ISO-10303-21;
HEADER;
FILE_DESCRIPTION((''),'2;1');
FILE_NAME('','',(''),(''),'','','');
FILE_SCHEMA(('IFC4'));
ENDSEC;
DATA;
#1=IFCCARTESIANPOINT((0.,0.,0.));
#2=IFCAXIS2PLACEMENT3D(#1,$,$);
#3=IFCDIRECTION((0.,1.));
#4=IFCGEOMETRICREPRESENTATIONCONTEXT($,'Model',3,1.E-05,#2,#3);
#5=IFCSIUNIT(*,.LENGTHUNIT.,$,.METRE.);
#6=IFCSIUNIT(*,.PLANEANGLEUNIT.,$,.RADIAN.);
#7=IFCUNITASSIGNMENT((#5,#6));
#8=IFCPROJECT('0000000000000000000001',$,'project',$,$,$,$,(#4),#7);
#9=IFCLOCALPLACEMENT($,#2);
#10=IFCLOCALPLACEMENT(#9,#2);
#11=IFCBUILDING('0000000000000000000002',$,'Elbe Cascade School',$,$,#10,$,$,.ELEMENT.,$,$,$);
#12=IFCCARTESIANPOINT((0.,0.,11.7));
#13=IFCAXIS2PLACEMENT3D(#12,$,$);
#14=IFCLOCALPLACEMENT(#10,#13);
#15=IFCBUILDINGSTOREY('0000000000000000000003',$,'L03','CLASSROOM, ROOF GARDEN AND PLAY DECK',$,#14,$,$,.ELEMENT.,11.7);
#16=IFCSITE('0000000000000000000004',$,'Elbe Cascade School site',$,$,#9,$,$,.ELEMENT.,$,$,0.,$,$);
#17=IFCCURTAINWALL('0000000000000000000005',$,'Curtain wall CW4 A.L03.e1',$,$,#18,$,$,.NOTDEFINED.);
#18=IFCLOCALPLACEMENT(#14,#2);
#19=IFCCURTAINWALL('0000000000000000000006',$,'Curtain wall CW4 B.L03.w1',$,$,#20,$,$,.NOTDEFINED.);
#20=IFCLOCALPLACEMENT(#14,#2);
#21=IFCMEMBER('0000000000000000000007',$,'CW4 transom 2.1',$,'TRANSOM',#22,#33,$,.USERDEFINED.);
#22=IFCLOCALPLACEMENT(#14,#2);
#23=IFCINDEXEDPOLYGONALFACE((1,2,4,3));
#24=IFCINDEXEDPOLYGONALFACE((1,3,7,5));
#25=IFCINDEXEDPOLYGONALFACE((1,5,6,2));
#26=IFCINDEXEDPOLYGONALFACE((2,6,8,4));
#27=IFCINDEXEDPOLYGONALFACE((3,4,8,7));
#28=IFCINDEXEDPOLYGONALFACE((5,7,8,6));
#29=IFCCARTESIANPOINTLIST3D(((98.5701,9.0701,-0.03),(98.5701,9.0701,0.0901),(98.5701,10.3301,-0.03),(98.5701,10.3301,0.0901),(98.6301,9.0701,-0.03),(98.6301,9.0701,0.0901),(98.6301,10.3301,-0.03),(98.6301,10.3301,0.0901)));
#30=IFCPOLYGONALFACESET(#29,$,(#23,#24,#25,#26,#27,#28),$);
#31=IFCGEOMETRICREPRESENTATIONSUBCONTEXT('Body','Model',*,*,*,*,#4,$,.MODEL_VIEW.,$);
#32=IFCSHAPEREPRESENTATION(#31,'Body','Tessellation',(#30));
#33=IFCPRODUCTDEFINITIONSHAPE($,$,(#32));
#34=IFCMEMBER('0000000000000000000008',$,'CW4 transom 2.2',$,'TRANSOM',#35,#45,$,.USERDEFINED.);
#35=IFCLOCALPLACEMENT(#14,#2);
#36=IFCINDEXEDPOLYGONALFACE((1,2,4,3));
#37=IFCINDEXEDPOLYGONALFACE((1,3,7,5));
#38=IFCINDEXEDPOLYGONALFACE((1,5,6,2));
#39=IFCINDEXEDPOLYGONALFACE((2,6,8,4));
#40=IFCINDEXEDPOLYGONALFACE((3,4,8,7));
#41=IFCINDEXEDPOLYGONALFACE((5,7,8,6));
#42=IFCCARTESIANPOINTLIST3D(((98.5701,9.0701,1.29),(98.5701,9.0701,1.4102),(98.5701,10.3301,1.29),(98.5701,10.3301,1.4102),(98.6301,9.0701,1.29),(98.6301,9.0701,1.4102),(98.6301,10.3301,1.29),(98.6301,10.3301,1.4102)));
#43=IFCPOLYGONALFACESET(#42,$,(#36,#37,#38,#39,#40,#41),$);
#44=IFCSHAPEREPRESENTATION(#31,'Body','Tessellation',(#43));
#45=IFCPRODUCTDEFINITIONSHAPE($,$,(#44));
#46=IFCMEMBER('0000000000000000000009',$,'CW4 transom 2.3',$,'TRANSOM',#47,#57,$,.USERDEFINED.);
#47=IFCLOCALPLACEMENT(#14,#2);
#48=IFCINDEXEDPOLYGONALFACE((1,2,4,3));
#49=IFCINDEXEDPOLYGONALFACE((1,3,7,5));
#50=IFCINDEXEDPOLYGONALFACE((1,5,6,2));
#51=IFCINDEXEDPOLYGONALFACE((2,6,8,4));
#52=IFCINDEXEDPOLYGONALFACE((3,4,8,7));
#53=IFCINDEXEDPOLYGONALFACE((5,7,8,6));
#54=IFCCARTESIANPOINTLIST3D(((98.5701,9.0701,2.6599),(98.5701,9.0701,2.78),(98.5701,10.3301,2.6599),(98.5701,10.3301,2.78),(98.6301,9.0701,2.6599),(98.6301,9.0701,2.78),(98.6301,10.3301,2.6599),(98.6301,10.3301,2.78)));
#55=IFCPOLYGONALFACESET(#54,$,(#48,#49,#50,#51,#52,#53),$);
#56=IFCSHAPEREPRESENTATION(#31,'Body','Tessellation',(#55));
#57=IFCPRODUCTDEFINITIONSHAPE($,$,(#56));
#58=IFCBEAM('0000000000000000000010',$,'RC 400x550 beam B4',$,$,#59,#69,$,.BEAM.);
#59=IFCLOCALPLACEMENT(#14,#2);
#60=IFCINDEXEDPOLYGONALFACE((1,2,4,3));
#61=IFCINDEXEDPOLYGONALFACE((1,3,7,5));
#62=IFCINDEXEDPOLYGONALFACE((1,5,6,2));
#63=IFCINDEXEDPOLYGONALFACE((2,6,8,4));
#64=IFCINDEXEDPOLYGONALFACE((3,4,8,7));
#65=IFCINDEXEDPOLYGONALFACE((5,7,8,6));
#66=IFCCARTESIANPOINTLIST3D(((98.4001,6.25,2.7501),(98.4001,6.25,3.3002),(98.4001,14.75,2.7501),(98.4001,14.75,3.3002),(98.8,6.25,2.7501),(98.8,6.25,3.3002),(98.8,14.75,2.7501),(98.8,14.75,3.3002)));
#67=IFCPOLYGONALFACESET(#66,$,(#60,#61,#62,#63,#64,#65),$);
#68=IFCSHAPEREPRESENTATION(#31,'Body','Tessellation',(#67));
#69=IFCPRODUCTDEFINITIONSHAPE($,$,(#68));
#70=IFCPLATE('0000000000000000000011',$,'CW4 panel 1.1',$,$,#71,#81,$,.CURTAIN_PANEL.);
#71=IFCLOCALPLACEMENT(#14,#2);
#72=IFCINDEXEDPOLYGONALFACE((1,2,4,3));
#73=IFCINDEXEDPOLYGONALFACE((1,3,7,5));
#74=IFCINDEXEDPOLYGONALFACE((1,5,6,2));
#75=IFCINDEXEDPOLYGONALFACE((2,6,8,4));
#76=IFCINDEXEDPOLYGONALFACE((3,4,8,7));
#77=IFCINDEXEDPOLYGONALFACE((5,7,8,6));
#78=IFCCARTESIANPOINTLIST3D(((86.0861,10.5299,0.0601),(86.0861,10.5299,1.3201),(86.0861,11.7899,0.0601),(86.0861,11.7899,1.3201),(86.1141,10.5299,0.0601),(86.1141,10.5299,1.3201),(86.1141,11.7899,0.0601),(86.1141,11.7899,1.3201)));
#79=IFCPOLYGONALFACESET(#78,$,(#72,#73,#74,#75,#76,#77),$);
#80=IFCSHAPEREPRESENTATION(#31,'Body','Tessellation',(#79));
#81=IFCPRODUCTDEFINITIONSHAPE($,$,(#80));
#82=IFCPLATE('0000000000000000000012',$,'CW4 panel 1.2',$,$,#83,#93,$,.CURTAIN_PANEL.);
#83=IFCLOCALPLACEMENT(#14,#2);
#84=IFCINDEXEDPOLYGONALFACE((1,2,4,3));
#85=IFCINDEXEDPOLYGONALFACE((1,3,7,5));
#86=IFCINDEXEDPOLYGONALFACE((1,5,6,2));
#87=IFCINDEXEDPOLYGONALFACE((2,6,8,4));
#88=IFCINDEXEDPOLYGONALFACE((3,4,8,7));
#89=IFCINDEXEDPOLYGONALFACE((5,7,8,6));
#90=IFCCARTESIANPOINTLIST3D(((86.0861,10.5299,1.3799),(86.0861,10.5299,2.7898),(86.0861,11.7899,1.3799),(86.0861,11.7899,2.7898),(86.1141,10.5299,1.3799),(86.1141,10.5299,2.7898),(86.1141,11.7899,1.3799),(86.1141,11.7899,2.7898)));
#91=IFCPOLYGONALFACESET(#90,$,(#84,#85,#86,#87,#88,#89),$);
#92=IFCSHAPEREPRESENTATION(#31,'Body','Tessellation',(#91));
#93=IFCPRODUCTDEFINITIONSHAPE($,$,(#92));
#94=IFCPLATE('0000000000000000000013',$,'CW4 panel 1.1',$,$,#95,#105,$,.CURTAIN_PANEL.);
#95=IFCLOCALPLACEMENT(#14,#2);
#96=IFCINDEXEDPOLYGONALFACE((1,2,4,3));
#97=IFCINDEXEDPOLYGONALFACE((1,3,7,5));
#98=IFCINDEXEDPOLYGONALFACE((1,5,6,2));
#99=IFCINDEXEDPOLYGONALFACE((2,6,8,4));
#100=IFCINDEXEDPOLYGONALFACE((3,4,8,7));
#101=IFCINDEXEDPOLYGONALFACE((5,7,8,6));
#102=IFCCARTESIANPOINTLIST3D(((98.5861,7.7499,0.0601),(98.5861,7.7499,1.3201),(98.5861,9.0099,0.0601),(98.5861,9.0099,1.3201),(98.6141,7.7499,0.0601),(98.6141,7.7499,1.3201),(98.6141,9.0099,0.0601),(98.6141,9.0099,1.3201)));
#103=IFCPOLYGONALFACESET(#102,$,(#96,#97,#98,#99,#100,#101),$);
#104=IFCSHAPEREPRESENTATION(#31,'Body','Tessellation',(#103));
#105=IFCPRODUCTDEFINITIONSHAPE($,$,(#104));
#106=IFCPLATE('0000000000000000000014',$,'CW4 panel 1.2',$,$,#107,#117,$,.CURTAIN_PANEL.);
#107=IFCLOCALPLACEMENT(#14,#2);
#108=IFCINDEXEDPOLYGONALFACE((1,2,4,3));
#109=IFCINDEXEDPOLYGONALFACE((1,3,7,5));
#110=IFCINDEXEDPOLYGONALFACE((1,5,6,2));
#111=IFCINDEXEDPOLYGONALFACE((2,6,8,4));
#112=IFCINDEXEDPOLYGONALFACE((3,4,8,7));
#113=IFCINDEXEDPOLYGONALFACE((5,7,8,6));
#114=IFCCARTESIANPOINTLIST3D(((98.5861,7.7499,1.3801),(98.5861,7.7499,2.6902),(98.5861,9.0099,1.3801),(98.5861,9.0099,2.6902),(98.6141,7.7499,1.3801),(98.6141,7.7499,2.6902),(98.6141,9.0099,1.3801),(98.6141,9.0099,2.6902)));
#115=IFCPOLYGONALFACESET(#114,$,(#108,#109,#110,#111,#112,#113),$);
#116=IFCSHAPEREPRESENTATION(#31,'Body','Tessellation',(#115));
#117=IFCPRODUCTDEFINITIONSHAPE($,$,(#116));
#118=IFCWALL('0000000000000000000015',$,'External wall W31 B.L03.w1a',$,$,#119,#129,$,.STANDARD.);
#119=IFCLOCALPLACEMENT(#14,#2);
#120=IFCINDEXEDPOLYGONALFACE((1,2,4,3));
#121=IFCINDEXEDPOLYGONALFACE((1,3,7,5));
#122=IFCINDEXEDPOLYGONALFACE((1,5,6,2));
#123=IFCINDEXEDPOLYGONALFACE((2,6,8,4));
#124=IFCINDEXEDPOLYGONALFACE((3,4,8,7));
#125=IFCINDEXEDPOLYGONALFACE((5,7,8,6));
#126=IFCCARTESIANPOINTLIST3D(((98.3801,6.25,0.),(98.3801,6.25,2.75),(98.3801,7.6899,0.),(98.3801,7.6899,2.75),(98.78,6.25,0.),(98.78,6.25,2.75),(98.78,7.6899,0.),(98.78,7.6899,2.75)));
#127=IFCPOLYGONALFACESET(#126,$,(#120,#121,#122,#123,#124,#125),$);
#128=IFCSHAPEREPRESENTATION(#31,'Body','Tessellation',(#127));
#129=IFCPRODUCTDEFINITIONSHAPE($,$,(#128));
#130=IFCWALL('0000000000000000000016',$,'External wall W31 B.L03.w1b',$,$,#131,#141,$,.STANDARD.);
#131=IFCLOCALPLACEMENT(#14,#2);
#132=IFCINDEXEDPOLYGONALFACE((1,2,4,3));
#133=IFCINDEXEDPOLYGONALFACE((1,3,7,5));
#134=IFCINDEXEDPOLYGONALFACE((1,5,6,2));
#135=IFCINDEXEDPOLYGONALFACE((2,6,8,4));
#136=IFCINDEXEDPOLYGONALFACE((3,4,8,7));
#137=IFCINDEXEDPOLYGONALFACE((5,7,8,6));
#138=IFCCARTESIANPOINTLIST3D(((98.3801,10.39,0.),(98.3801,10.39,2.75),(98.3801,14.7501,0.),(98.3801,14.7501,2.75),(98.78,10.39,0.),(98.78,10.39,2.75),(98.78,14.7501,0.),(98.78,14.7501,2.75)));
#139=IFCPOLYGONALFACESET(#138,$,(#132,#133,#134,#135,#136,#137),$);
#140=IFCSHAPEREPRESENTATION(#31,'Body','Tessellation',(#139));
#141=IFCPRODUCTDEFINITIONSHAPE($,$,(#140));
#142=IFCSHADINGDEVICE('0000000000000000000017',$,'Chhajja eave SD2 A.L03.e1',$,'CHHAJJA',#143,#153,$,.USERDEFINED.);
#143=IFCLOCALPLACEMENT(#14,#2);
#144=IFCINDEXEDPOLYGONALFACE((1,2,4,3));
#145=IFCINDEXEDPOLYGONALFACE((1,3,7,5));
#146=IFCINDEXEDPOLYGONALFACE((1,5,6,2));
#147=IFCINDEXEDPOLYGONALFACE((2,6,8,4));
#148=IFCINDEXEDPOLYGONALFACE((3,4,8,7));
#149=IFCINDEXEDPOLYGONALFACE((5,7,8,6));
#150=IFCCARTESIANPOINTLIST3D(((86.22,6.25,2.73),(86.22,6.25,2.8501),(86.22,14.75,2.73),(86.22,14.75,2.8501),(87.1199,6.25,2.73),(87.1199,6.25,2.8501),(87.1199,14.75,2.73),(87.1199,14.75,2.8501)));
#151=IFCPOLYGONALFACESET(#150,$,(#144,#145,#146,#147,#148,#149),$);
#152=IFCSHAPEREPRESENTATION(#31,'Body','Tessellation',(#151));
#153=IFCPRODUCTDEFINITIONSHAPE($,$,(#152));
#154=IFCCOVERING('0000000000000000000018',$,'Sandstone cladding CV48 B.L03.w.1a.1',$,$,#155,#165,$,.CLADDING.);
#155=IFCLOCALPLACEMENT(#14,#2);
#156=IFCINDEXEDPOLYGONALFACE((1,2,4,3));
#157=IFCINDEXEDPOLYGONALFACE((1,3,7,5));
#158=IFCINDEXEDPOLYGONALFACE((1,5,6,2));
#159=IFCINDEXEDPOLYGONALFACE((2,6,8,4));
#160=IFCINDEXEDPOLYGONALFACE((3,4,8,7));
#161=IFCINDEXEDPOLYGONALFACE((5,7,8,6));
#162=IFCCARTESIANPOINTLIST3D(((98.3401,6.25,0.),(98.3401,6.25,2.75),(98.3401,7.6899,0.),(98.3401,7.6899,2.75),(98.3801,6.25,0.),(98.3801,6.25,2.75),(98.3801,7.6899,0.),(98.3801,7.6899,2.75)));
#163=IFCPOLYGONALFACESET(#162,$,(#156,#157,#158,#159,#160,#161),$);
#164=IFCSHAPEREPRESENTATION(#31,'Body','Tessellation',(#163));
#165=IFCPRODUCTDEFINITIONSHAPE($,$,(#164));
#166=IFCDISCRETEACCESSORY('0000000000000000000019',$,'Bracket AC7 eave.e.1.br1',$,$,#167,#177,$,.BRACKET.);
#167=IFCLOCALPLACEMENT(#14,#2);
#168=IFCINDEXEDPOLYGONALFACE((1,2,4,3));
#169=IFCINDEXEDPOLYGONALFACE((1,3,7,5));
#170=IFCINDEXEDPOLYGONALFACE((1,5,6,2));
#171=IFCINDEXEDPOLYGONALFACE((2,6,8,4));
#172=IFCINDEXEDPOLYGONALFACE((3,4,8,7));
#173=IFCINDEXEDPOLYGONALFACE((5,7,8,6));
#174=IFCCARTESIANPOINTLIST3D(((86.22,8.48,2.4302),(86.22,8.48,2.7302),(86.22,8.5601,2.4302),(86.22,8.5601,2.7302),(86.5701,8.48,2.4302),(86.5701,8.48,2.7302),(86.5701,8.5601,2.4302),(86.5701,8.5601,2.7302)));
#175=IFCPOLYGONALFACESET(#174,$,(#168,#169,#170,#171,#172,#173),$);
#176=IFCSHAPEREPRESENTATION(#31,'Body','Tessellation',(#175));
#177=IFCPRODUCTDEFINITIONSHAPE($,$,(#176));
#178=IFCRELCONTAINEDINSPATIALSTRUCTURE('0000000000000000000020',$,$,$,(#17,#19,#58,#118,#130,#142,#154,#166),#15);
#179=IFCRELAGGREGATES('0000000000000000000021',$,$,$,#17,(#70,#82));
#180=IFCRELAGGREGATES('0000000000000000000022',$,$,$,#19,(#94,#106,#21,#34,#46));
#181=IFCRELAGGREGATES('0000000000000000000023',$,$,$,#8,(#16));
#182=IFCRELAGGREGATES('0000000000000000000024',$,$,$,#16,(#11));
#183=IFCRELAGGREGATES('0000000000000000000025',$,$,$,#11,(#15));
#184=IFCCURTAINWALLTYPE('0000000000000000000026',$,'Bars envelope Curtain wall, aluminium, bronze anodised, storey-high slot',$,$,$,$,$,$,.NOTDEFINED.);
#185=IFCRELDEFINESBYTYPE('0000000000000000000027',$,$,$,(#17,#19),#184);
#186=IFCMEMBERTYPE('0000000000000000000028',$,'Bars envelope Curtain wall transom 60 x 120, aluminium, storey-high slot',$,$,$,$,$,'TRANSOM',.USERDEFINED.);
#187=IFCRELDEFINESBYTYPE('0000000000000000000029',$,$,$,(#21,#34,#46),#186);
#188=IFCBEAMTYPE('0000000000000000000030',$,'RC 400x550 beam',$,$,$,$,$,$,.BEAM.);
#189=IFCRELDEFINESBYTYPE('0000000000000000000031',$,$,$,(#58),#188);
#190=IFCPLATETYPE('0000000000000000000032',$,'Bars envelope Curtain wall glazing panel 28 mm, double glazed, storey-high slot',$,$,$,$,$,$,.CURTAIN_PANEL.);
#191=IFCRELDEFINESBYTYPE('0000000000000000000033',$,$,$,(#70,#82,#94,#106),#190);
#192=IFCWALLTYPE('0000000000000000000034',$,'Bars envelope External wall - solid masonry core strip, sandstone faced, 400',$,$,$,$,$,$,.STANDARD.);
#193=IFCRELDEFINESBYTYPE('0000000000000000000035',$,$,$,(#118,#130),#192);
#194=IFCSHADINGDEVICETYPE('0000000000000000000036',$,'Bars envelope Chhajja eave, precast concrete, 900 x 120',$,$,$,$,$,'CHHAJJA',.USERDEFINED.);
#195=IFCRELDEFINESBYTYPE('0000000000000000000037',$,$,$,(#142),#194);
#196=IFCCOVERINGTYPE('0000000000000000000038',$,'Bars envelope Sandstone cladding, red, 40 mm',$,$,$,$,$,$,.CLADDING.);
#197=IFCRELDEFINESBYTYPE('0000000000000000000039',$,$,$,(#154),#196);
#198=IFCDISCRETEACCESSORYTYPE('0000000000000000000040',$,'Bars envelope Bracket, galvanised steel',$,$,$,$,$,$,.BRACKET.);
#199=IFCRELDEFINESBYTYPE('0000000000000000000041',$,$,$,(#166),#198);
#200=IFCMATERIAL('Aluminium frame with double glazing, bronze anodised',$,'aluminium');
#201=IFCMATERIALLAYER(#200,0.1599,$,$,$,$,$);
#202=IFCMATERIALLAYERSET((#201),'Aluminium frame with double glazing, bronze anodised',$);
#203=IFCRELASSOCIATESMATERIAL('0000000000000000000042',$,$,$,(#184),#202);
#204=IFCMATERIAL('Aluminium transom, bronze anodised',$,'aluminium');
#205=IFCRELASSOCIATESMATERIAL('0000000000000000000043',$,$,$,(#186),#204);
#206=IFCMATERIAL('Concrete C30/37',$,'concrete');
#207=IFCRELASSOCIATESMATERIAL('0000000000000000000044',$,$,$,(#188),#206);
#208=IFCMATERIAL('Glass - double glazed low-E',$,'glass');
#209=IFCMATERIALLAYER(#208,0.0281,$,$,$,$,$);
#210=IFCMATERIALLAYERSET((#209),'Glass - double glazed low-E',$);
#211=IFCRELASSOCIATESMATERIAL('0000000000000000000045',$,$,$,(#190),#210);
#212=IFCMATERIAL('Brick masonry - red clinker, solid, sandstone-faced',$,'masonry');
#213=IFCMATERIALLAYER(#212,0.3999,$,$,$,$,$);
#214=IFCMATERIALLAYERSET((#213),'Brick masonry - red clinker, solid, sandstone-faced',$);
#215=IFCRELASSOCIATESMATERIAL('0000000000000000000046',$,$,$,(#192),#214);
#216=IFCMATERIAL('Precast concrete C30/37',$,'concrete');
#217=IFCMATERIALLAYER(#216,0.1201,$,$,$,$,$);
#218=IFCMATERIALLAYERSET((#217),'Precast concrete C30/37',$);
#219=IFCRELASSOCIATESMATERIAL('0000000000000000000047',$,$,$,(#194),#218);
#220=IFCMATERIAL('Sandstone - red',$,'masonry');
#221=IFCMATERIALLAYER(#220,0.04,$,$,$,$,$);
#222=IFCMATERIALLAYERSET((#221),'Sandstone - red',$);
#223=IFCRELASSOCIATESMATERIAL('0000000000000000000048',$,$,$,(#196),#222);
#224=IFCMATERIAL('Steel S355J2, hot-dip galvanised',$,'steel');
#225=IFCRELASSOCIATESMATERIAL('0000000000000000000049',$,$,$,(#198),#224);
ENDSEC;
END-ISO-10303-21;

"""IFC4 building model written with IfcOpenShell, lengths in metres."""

from ifc_helpers import new_model, si_unit, direction, frame, frame_2d, origin, origin_2d, place, context, subcontext, project, spatial, rectangle, extrude, material, layer, layer_set, material_profile, profile_set, type_object, element, aggregate, save


model = new_model("IFC4")

# Units and contexts
model_context = context("Model", 3, precision=1e-05, world=origin(), true_north=direction((0.0, 1.0)))
body_context = subcontext(model_context, "Body", "Model", "MODEL_VIEW")
ifc_project = project(units=[si_unit("LENGTHUNIT", "METRE"), si_unit("PLANEANGLEUNIT", "RADIAN")], contexts=[model_context])

# Site, building, storey
site_placement = place(None, origin())
site = spatial("IfcSite", under=ifc_project, at=site_placement, Name="Elbe Cascade School site", CompositionType="ELEMENT", RefElevation=0.0)
building_placement = place(site_placement, origin())
building = spatial("IfcBuilding", under=site, at=building_placement, Name="Elbe Cascade School", CompositionType="ELEMENT")
storey_placement = place(building_placement, frame((0.0, 0.0, 11.7)))
storey = spatial("IfcBuildingStorey", under=building, at=storey_placement, Name="L03", Description="CLASSROOM, ROOF GARDEN AND PLAY DECK", CompositionType="ELEMENT", Elevation=11.7)

# Curtain walls
ifc_material_1 = material(Name="Aluminium frame with double glazing, bronze anodised", Category="aluminium")
ifc_layer_1 = layer(ifc_material_1, 0.1599)
ifc_layer_set_1 = layer_set([ifc_layer_1], Name="Aluminium frame with double glazing, bronze anodised")
curtain_wall_type = type_object("IfcCurtainWallType", Name="Bars envelope Curtain wall, aluminium, bronze anodised, storey-high slot", PredefinedType="NOTDEFINED", material=ifc_layer_set_1)
curtain_wall_1_placement = place(storey_placement, origin())
curtain_wall_1 = element("IfcCurtainWall", 1, at=curtain_wall_1_placement, inside=storey, type_object=curtain_wall_type, Name="Curtain wall CW4 A.L03.e1", PredefinedType="NOTDEFINED")
curtain_wall_2_placement = place(storey_placement, origin())
curtain_wall_2 = element("IfcCurtainWall", 2, at=curtain_wall_2_placement, inside=storey, type_object=curtain_wall_type, Name="Curtain wall CW4 B.L03.w1", PredefinedType="NOTDEFINED")

# Members
ifc_material_2 = material(Name="Aluminium transom, bronze anodised", Category="aluminium")
ifc_material_profile_1 = material_profile(ifc_material_2, rectangle(XDim=0.0601, YDim=0.1201, at=origin_2d()), Name="Bars envelope Curtain wall transom 60 x 120, aluminium, storey-high slot")
ifc_profile_set_1 = profile_set([ifc_material_profile_1], Name="Aluminium transom, bronze anodised")
member_type_1 = type_object("IfcMemberType", Name="Bars envelope Curtain wall transom 60 x 120, aluminium, storey-high slot", ElementType="TRANSOM", PredefinedType="USERDEFINED", material=ifc_profile_set_1)
member_1_placement = place(storey_placement, frame((98.6001, 9.0701, 0.03), z_axis=(0.0, 1.0, 0.0), x_axis=(-1.0, 0.0, 0.0)))
member_1 = element("IfcMember", 3, at=member_1_placement, type_object=member_type_1, Name="CW4 transom 2.1", ObjectType="TRANSOM", PredefinedType="USERDEFINED", context=body_context, shape_type="SweptSolid", body=[
    extrude(rectangle(XDim=0.0601, YDim=0.1201, at=origin_2d()), origin(), (0.0, 0.0, 1.0), 1.26),
])
member_2_placement = place(storey_placement, frame((98.6001, 9.0701, 1.3501), z_axis=(0.0, 1.0, 0.0), x_axis=(-1.0, 0.0, 0.0)))
member_2 = element("IfcMember", 4, at=member_2_placement, type_object=member_type_1, Name="CW4 transom 2.2", ObjectType="TRANSOM", PredefinedType="USERDEFINED", context=body_context, shape_type="SweptSolid", body=[
    extrude(rectangle(XDim=0.0601, YDim=0.1201, at=origin_2d()), origin(), (0.0, 0.0, 1.0), 1.26),
])
member_3_placement = place(storey_placement, frame((98.6001, 9.0701, 2.72), z_axis=(0.0, 1.0, 0.0), x_axis=(-1.0, 0.0, 0.0)))
member_3 = element("IfcMember", 5, at=member_3_placement, type_object=member_type_1, Name="CW4 transom 2.3", ObjectType="TRANSOM", PredefinedType="USERDEFINED", context=body_context, shape_type="SweptSolid", body=[
    extrude(rectangle(XDim=0.0601, YDim=0.1201, at=origin_2d()), origin(), (0.0, 0.0, 1.0), 1.26),
])

# Beam
ifc_material_3 = material(Name="Concrete C30/37", Category="concrete")
ifc_material_profile_2 = material_profile(ifc_material_3, rectangle(XDim=0.3999, YDim=0.55, at=origin_2d()), Name="RC 400x550")
ifc_profile_set_2 = profile_set([ifc_material_profile_2], Name="Concrete C30/37")
beam_type = type_object("IfcBeamType", Name="RC 400x550 beam", PredefinedType="BEAM", material=ifc_profile_set_2)
beam_placement = place(storey_placement, frame((98.6001, 6.25, 3.0251), z_axis=(0.0, 1.0, 0.0), x_axis=(-1.0, 0.0, 0.0)))
element("IfcBeam", 6, at=beam_placement, inside=storey, type_object=beam_type, Name="RC 400x550 beam B4", PredefinedType="BEAM", context=body_context, shape_type="SweptSolid", body=[
    extrude(rectangle(XDim=0.3999, YDim=0.55, at=origin_2d()), origin(), (0.0, 0.0, 1.0), 8.5),
])

# Plates
ifc_material_4 = material(Name="Glass - double glazed low-E", Category="glass")
ifc_layer_2 = layer(ifc_material_4, 0.0281)
ifc_layer_set_2 = layer_set([ifc_layer_2], Name="Glass - double glazed low-E")
plate_type = type_object("IfcPlateType", Name="Bars envelope Curtain wall glazing panel 28 mm, double glazed, storey-high slot", PredefinedType="CURTAIN_PANEL", material=ifc_layer_set_2)
plate_1_placement = place(storey_placement, frame((86.1001, 11.1599, 0.0601), z_axis=(0.0, 0.0, 1.0), x_axis=(0.0, -1.0, 0.0)))
plate_1 = element("IfcPlate", 7, at=plate_1_placement, type_object=plate_type, Name="CW4 panel 1.1", PredefinedType="CURTAIN_PANEL", context=body_context, shape_type="SweptSolid", body=[
    extrude(rectangle(XDim=1.26, YDim=0.0281, at=origin_2d()), origin(), (0.0, 0.0, 1.0), 1.26),
])
plate_2_placement = place(storey_placement, frame((86.1001, 11.1599, 1.3799), z_axis=(0.0, 0.0, 1.0), x_axis=(0.0, -1.0, 0.0)))
plate_2 = element("IfcPlate", 8, at=plate_2_placement, type_object=plate_type, Name="CW4 panel 1.2", PredefinedType="CURTAIN_PANEL", context=body_context, shape_type="SweptSolid", body=[
    extrude(rectangle(XDim=1.26, YDim=0.0281, at=origin_2d()), origin(), (0.0, 0.0, 1.0), 1.4099),
])
aggregate(curtain_wall_1, [plate_1, plate_2])
plate_3_placement = place(storey_placement, frame((98.6001, 8.3799, 0.0601), z_axis=(0.0, 0.0, 1.0), x_axis=(0.0, 1.0, 0.0)))
plate_3 = element("IfcPlate", 9, at=plate_3_placement, type_object=plate_type, Name="CW4 panel 1.1", PredefinedType="CURTAIN_PANEL", context=body_context, shape_type="SweptSolid", body=[
    extrude(rectangle(XDim=1.26, YDim=0.0281, at=origin_2d()), origin(), (0.0, 0.0, 1.0), 1.26),
])
plate_4_placement = place(storey_placement, frame((98.6001, 8.3799, 1.3801), z_axis=(0.0, 0.0, 1.0), x_axis=(0.0, 1.0, 0.0)))
plate_4 = element("IfcPlate", 10, at=plate_4_placement, type_object=plate_type, Name="CW4 panel 1.2", PredefinedType="CURTAIN_PANEL", context=body_context, shape_type="SweptSolid", body=[
    extrude(rectangle(XDim=1.26, YDim=0.0281, at=origin_2d()), origin(), (0.0, 0.0, 1.0), 1.3101),
])
aggregate(curtain_wall_2, [plate_3, plate_4, member_1, member_2, member_3])

# Walls
ifc_material_5 = material(Name="Brick masonry - red clinker, solid, sandstone-faced", Category="masonry")
ifc_layer_3 = layer(ifc_material_5, 0.3999)
ifc_layer_set_3 = layer_set([ifc_layer_3], Name="Brick masonry - red clinker, solid, sandstone-faced")
wall_type = type_object("IfcWallType", Name="Bars envelope External wall - solid masonry core strip, sandstone faced, 400", PredefinedType="STANDARD", material=ifc_layer_set_3)
wall_1_placement = place(storey_placement, frame((98.5801, 6.25, 0.0), z_axis=(0.0, 0.0, 1.0), x_axis=(0.0, 1.0, 0.0)))
element("IfcWall", 11, at=wall_1_placement, inside=storey, type_object=wall_type, Name="External wall W31 B.L03.w1a", PredefinedType="STANDARD", context=body_context, shape_type="SweptSolid", body=[
    extrude(rectangle(XDim=1.4399, YDim=0.3999, at=frame_2d((0.72, 0.0))), origin(), (0.0, 0.0, 1.0), 2.75),
])
wall_2_placement = place(storey_placement, frame((98.5801, 10.3899, 0.0), z_axis=(0.0, 0.0, 1.0), x_axis=(0.0, 1.0, 0.0)))
element("IfcWall", 12, at=wall_2_placement, inside=storey, type_object=wall_type, Name="External wall W31 B.L03.w1b", PredefinedType="STANDARD", context=body_context, shape_type="SweptSolid", body=[
    extrude(rectangle(XDim=4.3601, YDim=0.3999, at=frame_2d((2.1802, 0.0))), origin(), (0.0, 0.0, 1.0), 2.75),
])

# Shading device
ifc_material_6 = material(Name="Precast concrete C30/37", Category="concrete")
ifc_layer_4 = layer(ifc_material_6, 0.1201)
ifc_layer_set_4 = layer_set([ifc_layer_4], Name="Precast concrete C30/37")
shading_device_type = type_object("IfcShadingDeviceType", Name="Bars envelope Chhajja eave, precast concrete, 900 x 120", ElementType="CHHAJJA", PredefinedType="USERDEFINED", material=ifc_layer_set_4)
shading_device_placement = place(storey_placement, frame((86.6699, 10.5, 2.73), z_axis=(0.0, 0.0, 1.0), x_axis=(0.0, 1.0, 0.0)))
element("IfcShadingDevice", 13, at=shading_device_placement, inside=storey, type_object=shading_device_type, Name="Chhajja eave SD2 A.L03.e1", ObjectType="CHHAJJA", PredefinedType="USERDEFINED", context=body_context, shape_type="SweptSolid", body=[
    extrude(rectangle(XDim=8.5, YDim=0.8999, at=origin_2d()), origin(), (0.0, 0.0, 1.0), 0.1201),
])

# Covering
ifc_material_7 = material(Name="Sandstone - red", Category="masonry")
ifc_layer_5 = layer(ifc_material_7, 0.04)
ifc_layer_set_5 = layer_set([ifc_layer_5], Name="Sandstone - red")
covering_type = type_object("IfcCoveringType", Name="Bars envelope Sandstone cladding, red, 40 mm", PredefinedType="CLADDING", material=ifc_layer_set_5)
covering_placement = place(storey_placement, frame((98.3601, 6.97, 0.0), z_axis=(0.0, 0.0, 1.0), x_axis=(0.0, 1.0, 0.0)))
element("IfcCovering", 14, at=covering_placement, inside=storey, type_object=covering_type, Name="Sandstone cladding CV48 B.L03.w.1a.1", PredefinedType="CLADDING", context=body_context, shape_type="SweptSolid", body=[
    extrude(rectangle(XDim=1.4399, YDim=0.04, at=origin_2d()), origin(), (0.0, 0.0, 1.0), 2.75),
])

# Discrete accessory
ifc_material_8 = material(Name="Steel S355J2, hot-dip galvanised", Category="steel")
discrete_accessory_type = type_object("IfcDiscreteAccessoryType", Name="Bars envelope Bracket, galvanised steel", PredefinedType="BRACKET", material=ifc_material_8)
discrete_accessory_placement = place(storey_placement, frame((86.395, 8.52, 2.4302), z_axis=(0.0, 0.0, 1.0), x_axis=(0.0, 1.0, 0.0)))
element("IfcDiscreteAccessory", 15, at=discrete_accessory_placement, inside=storey, type_object=discrete_accessory_type, Name="Bracket AC7 eave.e.1.br1", PredefinedType="BRACKET", context=body_context, shape_type="SweptSolid", body=[
    extrude(rectangle(XDim=0.0801, YDim=0.3501, at=origin_2d()), origin(), (0.0, 0.0, 1.0), 0.3),
])

save(model, "model.ifc")
